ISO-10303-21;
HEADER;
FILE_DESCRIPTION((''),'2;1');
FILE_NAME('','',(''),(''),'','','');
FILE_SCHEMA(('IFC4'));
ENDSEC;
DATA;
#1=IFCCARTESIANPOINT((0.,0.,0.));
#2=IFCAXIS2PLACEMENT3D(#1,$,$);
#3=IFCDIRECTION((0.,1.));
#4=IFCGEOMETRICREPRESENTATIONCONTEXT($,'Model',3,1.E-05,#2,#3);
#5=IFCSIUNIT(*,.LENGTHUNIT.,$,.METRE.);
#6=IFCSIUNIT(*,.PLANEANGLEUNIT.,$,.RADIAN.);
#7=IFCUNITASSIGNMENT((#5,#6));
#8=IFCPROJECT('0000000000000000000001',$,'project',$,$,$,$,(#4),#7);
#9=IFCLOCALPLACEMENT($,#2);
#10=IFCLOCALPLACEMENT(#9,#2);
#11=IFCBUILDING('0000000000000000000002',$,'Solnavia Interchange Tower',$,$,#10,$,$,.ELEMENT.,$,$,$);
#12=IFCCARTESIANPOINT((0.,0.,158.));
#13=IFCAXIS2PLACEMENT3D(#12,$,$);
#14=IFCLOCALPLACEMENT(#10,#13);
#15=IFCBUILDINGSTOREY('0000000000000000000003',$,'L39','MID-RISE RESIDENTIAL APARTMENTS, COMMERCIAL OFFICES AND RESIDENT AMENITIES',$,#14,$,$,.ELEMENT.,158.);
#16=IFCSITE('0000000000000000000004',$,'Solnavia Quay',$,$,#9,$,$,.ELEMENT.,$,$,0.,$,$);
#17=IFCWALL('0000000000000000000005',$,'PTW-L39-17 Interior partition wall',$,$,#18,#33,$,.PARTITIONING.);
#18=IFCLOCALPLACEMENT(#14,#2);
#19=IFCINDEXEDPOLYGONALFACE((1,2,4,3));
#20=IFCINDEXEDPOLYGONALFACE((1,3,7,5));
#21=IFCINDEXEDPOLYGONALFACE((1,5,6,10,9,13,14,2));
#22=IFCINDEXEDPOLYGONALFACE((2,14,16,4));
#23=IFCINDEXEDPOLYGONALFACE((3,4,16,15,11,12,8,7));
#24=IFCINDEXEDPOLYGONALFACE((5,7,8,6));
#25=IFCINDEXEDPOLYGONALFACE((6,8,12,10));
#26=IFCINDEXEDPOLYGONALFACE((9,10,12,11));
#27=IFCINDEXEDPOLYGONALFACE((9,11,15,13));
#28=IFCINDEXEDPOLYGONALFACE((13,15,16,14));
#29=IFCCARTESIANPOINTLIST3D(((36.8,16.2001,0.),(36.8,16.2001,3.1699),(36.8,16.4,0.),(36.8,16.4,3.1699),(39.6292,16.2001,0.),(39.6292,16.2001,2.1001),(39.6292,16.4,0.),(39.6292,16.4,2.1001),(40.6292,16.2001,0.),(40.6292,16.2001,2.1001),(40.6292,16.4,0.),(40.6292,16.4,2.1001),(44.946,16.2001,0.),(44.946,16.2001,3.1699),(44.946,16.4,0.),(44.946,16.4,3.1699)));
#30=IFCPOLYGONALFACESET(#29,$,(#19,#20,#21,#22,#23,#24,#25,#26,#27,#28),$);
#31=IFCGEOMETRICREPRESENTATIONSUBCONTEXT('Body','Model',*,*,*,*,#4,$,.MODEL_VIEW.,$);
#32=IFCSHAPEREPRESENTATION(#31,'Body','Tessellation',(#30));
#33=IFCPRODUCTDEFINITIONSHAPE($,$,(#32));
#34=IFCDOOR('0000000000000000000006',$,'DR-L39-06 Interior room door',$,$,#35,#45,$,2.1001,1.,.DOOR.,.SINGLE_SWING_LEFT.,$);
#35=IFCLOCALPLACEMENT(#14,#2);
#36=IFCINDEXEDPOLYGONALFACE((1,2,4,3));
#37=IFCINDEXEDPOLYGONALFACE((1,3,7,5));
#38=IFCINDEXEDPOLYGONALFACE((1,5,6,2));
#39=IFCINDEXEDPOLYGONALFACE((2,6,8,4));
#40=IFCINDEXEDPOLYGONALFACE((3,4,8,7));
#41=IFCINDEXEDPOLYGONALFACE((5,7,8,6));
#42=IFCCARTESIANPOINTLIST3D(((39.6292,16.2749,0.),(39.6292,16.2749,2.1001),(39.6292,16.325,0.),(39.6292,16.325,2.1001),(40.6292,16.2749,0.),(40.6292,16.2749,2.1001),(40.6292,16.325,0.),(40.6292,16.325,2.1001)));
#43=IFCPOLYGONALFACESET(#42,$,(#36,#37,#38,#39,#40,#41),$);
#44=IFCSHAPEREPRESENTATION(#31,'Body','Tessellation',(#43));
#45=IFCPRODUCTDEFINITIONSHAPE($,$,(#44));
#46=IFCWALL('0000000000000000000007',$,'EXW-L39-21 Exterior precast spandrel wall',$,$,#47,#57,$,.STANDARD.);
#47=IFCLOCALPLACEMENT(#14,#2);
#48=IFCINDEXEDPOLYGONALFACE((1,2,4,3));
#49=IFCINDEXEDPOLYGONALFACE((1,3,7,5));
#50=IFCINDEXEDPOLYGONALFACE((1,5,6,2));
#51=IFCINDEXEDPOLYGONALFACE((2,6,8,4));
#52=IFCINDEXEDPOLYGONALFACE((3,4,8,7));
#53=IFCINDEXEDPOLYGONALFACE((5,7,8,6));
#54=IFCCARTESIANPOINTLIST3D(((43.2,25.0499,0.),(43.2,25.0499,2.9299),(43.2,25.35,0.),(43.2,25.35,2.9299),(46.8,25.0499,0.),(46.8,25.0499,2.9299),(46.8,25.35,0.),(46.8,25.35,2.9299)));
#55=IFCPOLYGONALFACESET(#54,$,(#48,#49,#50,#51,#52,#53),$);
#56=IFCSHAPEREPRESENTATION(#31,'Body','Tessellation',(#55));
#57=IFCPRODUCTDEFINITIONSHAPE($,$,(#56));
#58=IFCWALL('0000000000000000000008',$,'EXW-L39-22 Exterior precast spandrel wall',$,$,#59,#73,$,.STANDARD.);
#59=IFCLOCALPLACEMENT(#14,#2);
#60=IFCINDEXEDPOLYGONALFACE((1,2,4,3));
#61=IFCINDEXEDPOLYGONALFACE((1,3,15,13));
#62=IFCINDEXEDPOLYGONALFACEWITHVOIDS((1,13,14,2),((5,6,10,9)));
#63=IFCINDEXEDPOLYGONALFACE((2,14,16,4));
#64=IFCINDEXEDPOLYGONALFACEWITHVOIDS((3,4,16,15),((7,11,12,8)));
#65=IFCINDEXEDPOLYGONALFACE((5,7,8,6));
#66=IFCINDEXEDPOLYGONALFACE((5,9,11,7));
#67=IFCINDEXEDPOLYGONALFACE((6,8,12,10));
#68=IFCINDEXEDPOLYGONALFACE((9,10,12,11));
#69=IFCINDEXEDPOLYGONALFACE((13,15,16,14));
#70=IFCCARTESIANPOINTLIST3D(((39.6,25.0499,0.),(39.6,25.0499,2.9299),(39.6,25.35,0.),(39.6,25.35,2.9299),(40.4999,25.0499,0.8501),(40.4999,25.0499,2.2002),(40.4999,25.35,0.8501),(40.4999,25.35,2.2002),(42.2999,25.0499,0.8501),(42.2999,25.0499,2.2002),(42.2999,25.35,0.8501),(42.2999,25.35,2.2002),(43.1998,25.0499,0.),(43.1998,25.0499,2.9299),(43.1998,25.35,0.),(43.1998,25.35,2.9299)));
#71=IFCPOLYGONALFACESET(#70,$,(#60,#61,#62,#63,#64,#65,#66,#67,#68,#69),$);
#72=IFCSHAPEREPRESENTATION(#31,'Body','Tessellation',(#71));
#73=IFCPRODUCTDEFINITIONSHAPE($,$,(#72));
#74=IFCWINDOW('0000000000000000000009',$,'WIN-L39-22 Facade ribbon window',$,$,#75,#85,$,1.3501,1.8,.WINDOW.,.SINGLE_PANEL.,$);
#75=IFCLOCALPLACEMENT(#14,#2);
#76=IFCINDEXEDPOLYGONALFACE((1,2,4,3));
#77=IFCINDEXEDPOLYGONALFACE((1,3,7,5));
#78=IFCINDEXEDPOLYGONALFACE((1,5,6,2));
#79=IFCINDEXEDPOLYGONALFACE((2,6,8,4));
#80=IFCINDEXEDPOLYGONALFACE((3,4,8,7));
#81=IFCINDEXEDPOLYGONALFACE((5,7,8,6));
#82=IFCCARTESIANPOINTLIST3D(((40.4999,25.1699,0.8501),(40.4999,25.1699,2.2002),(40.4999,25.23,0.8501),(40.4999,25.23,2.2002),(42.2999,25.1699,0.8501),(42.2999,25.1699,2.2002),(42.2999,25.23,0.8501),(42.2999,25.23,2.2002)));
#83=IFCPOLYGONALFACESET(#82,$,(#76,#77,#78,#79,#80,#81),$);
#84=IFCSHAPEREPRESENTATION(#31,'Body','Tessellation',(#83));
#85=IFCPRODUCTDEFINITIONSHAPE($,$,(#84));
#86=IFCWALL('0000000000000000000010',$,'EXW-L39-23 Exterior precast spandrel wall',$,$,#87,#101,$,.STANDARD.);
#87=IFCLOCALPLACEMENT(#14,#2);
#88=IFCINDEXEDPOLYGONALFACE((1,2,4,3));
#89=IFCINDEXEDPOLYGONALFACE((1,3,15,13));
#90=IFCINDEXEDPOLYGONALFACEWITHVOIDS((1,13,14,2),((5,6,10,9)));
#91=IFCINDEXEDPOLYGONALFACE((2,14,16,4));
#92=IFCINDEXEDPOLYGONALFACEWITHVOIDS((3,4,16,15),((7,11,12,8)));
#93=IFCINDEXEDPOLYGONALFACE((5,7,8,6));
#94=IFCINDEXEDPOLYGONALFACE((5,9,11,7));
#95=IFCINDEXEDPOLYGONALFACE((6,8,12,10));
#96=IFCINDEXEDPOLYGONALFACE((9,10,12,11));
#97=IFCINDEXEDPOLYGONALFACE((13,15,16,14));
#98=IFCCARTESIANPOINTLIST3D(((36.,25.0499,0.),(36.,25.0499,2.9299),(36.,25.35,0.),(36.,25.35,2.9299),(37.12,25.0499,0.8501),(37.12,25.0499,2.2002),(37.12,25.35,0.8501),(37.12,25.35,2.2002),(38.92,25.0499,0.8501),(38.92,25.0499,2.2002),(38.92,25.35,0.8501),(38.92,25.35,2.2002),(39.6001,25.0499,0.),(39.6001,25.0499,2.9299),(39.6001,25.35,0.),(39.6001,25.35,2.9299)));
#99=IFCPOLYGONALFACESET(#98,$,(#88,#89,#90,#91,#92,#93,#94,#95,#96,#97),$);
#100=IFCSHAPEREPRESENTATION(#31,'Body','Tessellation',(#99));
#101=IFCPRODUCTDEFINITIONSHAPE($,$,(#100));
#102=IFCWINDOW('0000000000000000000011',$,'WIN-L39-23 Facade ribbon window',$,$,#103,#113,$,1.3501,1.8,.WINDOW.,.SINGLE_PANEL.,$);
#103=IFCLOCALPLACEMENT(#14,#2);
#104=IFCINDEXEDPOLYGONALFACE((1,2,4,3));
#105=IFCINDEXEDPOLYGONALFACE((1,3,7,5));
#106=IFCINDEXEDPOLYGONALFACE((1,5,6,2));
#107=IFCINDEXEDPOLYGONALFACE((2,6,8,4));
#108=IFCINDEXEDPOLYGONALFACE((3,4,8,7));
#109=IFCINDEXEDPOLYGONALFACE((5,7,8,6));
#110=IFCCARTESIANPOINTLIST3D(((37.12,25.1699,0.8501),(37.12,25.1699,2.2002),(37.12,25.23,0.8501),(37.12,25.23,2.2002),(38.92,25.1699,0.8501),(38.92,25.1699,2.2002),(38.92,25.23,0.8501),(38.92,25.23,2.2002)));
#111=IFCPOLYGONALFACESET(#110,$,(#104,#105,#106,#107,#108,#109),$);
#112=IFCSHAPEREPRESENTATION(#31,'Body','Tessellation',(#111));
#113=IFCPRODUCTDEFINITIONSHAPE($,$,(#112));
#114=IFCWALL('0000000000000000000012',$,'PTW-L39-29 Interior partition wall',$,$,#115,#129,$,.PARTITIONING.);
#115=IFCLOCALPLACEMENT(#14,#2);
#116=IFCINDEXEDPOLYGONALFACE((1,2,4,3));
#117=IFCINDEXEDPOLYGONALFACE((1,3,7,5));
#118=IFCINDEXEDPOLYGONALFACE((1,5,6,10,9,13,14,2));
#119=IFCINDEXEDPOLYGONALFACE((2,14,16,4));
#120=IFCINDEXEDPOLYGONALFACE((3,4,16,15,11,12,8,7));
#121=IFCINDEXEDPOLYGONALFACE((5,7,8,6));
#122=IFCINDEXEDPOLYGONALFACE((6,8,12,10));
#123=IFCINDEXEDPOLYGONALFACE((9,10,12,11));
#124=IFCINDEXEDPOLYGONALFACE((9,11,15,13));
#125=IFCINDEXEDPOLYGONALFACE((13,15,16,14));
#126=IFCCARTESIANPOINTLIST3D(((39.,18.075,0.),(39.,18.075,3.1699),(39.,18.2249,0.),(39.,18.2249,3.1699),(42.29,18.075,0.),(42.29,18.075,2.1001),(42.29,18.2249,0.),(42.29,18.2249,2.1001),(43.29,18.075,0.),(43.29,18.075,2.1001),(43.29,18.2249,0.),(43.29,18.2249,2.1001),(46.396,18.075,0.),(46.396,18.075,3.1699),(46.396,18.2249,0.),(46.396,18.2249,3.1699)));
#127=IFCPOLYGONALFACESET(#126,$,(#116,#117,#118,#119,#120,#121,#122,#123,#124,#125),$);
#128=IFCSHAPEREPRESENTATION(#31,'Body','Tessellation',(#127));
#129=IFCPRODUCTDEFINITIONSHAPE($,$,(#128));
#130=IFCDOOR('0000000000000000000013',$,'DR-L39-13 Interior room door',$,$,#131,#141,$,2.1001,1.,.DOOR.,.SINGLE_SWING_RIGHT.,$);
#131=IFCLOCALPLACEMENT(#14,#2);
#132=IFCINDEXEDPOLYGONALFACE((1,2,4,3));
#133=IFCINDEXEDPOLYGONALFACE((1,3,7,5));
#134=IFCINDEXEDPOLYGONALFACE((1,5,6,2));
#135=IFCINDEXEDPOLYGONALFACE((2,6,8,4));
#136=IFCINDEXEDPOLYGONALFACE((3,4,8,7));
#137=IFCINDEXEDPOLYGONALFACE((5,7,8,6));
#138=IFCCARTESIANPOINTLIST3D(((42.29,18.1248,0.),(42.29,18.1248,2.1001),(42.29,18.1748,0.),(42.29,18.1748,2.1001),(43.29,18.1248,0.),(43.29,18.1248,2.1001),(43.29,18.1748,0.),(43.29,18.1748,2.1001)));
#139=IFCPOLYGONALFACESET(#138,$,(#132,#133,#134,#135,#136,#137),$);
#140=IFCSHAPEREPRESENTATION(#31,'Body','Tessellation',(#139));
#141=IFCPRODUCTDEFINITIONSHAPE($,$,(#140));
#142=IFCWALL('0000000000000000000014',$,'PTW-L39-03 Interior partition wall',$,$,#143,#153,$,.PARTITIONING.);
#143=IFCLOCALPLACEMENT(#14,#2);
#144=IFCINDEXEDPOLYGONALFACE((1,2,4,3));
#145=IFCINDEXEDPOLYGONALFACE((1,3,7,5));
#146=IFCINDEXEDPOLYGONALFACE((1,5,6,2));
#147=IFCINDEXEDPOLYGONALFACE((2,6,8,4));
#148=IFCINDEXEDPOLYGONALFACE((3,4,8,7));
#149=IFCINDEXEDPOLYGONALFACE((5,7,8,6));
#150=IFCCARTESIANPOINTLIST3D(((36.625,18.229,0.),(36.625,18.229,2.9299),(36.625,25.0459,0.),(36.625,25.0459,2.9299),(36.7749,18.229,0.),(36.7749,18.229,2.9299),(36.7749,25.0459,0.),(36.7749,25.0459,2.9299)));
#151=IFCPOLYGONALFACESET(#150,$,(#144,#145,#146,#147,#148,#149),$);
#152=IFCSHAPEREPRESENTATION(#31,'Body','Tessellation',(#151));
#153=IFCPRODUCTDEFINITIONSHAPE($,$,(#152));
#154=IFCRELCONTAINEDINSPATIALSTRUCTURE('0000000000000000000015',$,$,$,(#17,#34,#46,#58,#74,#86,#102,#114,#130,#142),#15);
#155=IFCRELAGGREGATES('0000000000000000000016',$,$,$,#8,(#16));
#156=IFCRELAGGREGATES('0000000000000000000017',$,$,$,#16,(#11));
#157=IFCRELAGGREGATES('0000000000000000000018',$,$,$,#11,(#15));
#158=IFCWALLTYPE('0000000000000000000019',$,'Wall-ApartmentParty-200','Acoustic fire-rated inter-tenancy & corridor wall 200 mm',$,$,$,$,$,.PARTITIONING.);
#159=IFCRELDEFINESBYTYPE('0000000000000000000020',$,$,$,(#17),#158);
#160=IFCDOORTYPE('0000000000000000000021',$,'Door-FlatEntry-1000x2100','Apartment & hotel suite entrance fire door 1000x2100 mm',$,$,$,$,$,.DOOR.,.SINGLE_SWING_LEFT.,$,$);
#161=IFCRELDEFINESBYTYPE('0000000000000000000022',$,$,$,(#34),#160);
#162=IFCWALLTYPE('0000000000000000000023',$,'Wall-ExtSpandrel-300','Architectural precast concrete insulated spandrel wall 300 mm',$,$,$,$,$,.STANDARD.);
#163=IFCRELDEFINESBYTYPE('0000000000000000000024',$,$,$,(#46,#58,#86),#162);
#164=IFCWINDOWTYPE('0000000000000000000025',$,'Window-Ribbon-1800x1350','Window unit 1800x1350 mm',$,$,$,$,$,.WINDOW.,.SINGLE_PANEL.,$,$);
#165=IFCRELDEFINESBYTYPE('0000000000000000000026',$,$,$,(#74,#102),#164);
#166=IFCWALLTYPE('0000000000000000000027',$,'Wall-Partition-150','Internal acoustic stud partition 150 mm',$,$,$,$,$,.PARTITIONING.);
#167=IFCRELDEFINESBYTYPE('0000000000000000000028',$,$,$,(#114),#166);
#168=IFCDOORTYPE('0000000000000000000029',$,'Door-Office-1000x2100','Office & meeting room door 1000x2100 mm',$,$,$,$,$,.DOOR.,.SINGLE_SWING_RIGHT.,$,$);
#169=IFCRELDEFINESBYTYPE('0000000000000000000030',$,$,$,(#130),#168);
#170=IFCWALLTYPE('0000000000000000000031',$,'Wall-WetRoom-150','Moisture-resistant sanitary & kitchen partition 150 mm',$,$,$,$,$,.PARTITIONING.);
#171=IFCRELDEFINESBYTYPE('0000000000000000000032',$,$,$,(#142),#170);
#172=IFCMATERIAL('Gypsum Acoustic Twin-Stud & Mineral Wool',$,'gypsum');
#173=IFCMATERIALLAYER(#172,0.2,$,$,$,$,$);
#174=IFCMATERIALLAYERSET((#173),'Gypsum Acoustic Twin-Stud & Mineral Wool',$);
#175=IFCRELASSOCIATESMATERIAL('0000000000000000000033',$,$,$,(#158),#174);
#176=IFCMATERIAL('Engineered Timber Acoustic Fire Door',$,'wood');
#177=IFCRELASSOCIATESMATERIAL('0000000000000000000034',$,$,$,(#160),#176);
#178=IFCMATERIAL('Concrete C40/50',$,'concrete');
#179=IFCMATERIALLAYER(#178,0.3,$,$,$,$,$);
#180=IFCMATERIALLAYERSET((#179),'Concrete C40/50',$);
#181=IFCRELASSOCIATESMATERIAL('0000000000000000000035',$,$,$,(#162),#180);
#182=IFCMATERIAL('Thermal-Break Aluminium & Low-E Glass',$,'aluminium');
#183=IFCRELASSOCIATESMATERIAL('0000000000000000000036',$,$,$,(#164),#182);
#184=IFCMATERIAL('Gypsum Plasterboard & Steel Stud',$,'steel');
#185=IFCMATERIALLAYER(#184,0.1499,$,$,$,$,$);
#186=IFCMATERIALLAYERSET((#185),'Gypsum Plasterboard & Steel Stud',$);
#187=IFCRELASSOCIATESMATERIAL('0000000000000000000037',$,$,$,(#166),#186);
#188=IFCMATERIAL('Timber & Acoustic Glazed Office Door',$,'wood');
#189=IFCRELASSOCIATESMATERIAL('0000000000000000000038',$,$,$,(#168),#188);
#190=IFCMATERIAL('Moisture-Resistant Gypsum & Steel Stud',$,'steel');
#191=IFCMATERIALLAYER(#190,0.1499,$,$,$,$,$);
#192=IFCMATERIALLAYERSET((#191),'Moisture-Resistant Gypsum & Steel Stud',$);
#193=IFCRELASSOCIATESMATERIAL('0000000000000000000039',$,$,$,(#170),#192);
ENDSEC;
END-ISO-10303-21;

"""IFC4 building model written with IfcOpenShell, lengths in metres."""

from ifc_helpers import new_model, si_unit, direction, frame, frame_2d, origin, place, context, subcontext, project, spatial, rectangle, extrude, material, layer, layer_set, type_object, element, fill, save


model = new_model("IFC4")

# Units and contexts
model_context = context("Model", 3, precision=1e-05, world=origin(), true_north=direction((0.0, 1.0)))
body_context = subcontext(model_context, "Body", "Model", "MODEL_VIEW")
ifc_project = project(units=[si_unit("LENGTHUNIT", "METRE"), si_unit("PLANEANGLEUNIT", "RADIAN")], contexts=[model_context])

# Site, building, storey
site_placement = place(None, origin())
site = spatial("IfcSite", under=ifc_project, at=site_placement, Name="Solnavia Quay", CompositionType="ELEMENT", RefElevation=0.0)
building_placement = place(site_placement, origin())
building = spatial("IfcBuilding", under=site, at=building_placement, Name="Solnavia Interchange Tower", CompositionType="ELEMENT")
storey_placement = place(building_placement, frame((0.0, 0.0, 158.0)))
storey = spatial("IfcBuildingStorey", under=building, at=storey_placement, Name="L39", Description="MID-RISE RESIDENTIAL APARTMENTS, COMMERCIAL OFFICES AND RESIDENT AMENITIES", CompositionType="ELEMENT", Elevation=158.0)

# Wall, opening, door
ifc_material_1 = material(Name="Gypsum Acoustic Twin-Stud & Mineral Wool", Category="gypsum")
ifc_layer_1 = layer(ifc_material_1, 0.2)
ifc_layer_set_1 = layer_set([ifc_layer_1], Name="Gypsum Acoustic Twin-Stud & Mineral Wool")
wall_type_1 = type_object("IfcWallType", Name="Wall-ApartmentParty-200", Description="Acoustic fire-rated inter-tenancy & corridor wall 200 mm", PredefinedType="PARTITIONING", material=ifc_layer_set_1)
wall_1_placement = place(storey_placement, frame((36.8, 16.3, 0.0), z_axis=(0.0, 0.0, 1.0), x_axis=(1.0, 0.0, 0.0)))
wall_1 = element("IfcWall", 1, at=wall_1_placement, inside=storey, type_object=wall_type_1, Name="PTW-L39-17 Interior partition wall", PredefinedType="PARTITIONING", context=body_context, shape_type="SweptSolid", body=[
    extrude(rectangle(XDim=8.146, YDim=0.2, at=frame_2d((4.073, 0.0))), origin(), (0.0, 0.0, 1.0), 3.1699),
])
opening_1_placement = place(wall_1_placement, frame((2.8291, 0.0, 0.0)))
opening_1 = element("IfcOpeningElement", 2, at=opening_1_placement, cuts=wall_1, PredefinedType="OPENING", context=body_context, shape_type="SweptSolid", body=[
    extrude(rectangle(XDim=1.0, YDim=2.1001, at=frame_2d((0.5, 1.05))), frame((0.0, 0.1099, 0.0), z_axis=(0.0, -1.0, 0.0), x_axis=(1.0, 0.0, 0.0)), (0.0, 0.0, 1.0), 0.22),
])
ifc_material_2 = material(Name="Engineered Timber Acoustic Fire Door", Category="wood")
door_type_1 = type_object("IfcDoorType", Name="Door-FlatEntry-1000x2100", Description="Apartment & hotel suite entrance fire door 1000x2100 mm", OperationType="SINGLE_SWING_LEFT", PredefinedType="DOOR", material=ifc_material_2)
door_1_placement = place(opening_1_placement, origin())
door_1 = element("IfcDoor", 3, at=door_1_placement, inside=storey, type_object=door_type_1, Name="DR-L39-06 Interior room door", OperationType="SINGLE_SWING_LEFT", OverallHeight=2.1001, OverallWidth=1.0, PredefinedType="DOOR", context=body_context, shape_type="SweptSolid", body=[
    extrude(rectangle(XDim=1.0, YDim=2.1001, at=frame_2d((0.5, 1.05))), frame((0.0, 0.0249, 0.0), z_axis=(0.0, -1.0, 0.0), x_axis=(1.0, 0.0, 0.0)), (0.0, 0.0, 1.0), 0.05),
])
fill(opening_1, door_1)

# Wall
ifc_material_3 = material(Name="Concrete C40/50", Category="concrete")
ifc_layer_2 = layer(ifc_material_3, 0.3)
ifc_layer_set_2 = layer_set([ifc_layer_2], Name="Concrete C40/50")
wall_type_2 = type_object("IfcWallType", Name="Wall-ExtSpandrel-300", Description="Architectural precast concrete insulated spandrel wall 300 mm", PredefinedType="STANDARD", material=ifc_layer_set_2)
wall_2_placement = place(storey_placement, frame((43.2, 25.2, 0.0), z_axis=(0.0, 0.0, 1.0), x_axis=(1.0, 0.0, 0.0)))
element("IfcWall", 4, at=wall_2_placement, inside=storey, type_object=wall_type_2, Name="EXW-L39-21 Exterior precast spandrel wall", PredefinedType="STANDARD", context=body_context, shape_type="SweptSolid", body=[
    extrude(rectangle(XDim=3.6001, YDim=0.3, at=frame_2d((1.8, 0.0))), origin(), (0.0, 0.0, 1.0), 2.9299),
])

# Walls, openings, windows
wall_3_placement = place(storey_placement, frame((39.6001, 25.2, 0.0), z_axis=(0.0, 0.0, 1.0), x_axis=(1.0, 0.0, 0.0)))
wall_3 = element("IfcWall", 5, at=wall_3_placement, inside=storey, type_object=wall_type_2, Name="EXW-L39-22 Exterior precast spandrel wall", PredefinedType="STANDARD", context=body_context, shape_type="SweptSolid", body=[
    extrude(rectangle(XDim=3.5999, YDim=0.3, at=frame_2d((1.7998, 0.0))), origin(), (0.0, 0.0, 1.0), 2.9299),
])
opening_2_placement = place(wall_3_placement, frame((0.8999, 0.0, 0.8501)))
opening_2 = element("IfcOpeningElement", 6, at=opening_2_placement, cuts=wall_3, PredefinedType="OPENING", context=body_context, shape_type="SweptSolid", body=[
    extrude(rectangle(XDim=1.8, YDim=1.3501, at=frame_2d((0.8999, 0.675))), frame((0.0, 0.1602, 0.0), z_axis=(0.0, -1.0, 0.0), x_axis=(1.0, 0.0, 0.0)), (0.0, 0.0, 1.0), 0.3201),
])
ifc_material_4 = material(Name="Thermal-Break Aluminium & Low-E Glass", Category="aluminium")
window_type = type_object("IfcWindowType", Name="Window-Ribbon-1800x1350", Description="Window unit 1800x1350 mm", PartitioningType="SINGLE_PANEL", PredefinedType="WINDOW", material=ifc_material_4)
window_1_placement = place(opening_2_placement, origin())
window_1 = element("IfcWindow", 7, at=window_1_placement, inside=storey, type_object=window_type, Name="WIN-L39-22 Facade ribbon window", OverallHeight=1.3501, OverallWidth=1.8, PartitioningType="SINGLE_PANEL", PredefinedType="WINDOW", context=body_context, shape_type="SweptSolid", body=[
    extrude(rectangle(XDim=1.8, YDim=1.3501, at=frame_2d((0.8999, 0.675))), frame((0.0, 0.03, 0.0), z_axis=(0.0, -1.0, 0.0), x_axis=(1.0, 0.0, 0.0)), (0.0, 0.0, 1.0), 0.0601),
])
fill(opening_2, window_1)
wall_4_placement = place(storey_placement, frame((36.0, 25.2, 0.0), z_axis=(0.0, 0.0, 1.0), x_axis=(1.0, 0.0, 0.0)))
wall_4 = element("IfcWall", 8, at=wall_4_placement, inside=storey, type_object=wall_type_2, Name="EXW-L39-23 Exterior precast spandrel wall", PredefinedType="STANDARD", context=body_context, shape_type="SweptSolid", body=[
    extrude(rectangle(XDim=3.6001, YDim=0.3, at=frame_2d((1.8, 0.0))), origin(), (0.0, 0.0, 1.0), 2.9299),
])
opening_3_placement = place(wall_4_placement, frame((1.1201, 0.0, 0.8501)))
opening_3 = element("IfcOpeningElement", 9, at=opening_3_placement, cuts=wall_4, PredefinedType="OPENING", context=body_context, shape_type="SweptSolid", body=[
    extrude(rectangle(XDim=1.8, YDim=1.3501, at=frame_2d((0.8999, 0.675))), frame((0.0, 0.1602, 0.0), z_axis=(0.0, -1.0, 0.0), x_axis=(1.0, 0.0, 0.0)), (0.0, 0.0, 1.0), 0.3201),
])
window_2_placement = place(opening_3_placement, origin())
window_2 = element("IfcWindow", 10, at=window_2_placement, inside=storey, type_object=window_type, Name="WIN-L39-23 Facade ribbon window", OverallHeight=1.3501, OverallWidth=1.8, PartitioningType="SINGLE_PANEL", PredefinedType="WINDOW", context=body_context, shape_type="SweptSolid", body=[
    extrude(rectangle(XDim=1.8, YDim=1.3501, at=frame_2d((0.8999, 0.675))), frame((0.0, 0.03, 0.0), z_axis=(0.0, -1.0, 0.0), x_axis=(1.0, 0.0, 0.0)), (0.0, 0.0, 1.0), 0.0601),
])
fill(opening_3, window_2)

# Wall, opening, door
ifc_material_5 = material(Name="Gypsum Plasterboard & Steel Stud", Category="steel")
ifc_layer_3 = layer(ifc_material_5, 0.1499)
ifc_layer_set_3 = layer_set([ifc_layer_3], Name="Gypsum Plasterboard & Steel Stud")
wall_type_3 = type_object("IfcWallType", Name="Wall-Partition-150", Description="Internal acoustic stud partition 150 mm", PredefinedType="PARTITIONING", material=ifc_layer_set_3)
wall_5_placement = place(storey_placement, frame((39.0, 18.1499, 0.0), z_axis=(0.0, 0.0, 1.0), x_axis=(1.0, 0.0, 0.0)))
wall_5 = element("IfcWall", 11, at=wall_5_placement, inside=storey, type_object=wall_type_3, Name="PTW-L39-29 Interior partition wall", PredefinedType="PARTITIONING", context=body_context, shape_type="SweptSolid", body=[
    extrude(rectangle(XDim=7.396, YDim=0.1499, at=frame_2d((3.698, 0.0))), origin(), (0.0, 0.0, 1.0), 3.1699),
])
opening_4_placement = place(wall_5_placement, frame((3.29, 0.0, 0.0)))
opening_4 = element("IfcOpeningElement", 12, at=opening_4_placement, cuts=wall_5, PredefinedType="OPENING", context=body_context, shape_type="SweptSolid", body=[
    extrude(rectangle(XDim=1.0, YDim=2.1001, at=frame_2d((0.5, 1.05))), frame((0.0, 0.085, 0.0), z_axis=(0.0, -1.0, 0.0), x_axis=(1.0, 0.0, 0.0)), (0.0, 0.0, 1.0), 0.1699),
])
ifc_material_6 = material(Name="Timber & Acoustic Glazed Office Door", Category="wood")
door_type_2 = type_object("IfcDoorType", Name="Door-Office-1000x2100", Description="Office & meeting room door 1000x2100 mm", OperationType="SINGLE_SWING_RIGHT", PredefinedType="DOOR", material=ifc_material_6)
door_2_placement = place(opening_4_placement, origin())
door_2 = element("IfcDoor", 13, at=door_2_placement, inside=storey, type_object=door_type_2, Name="DR-L39-13 Interior room door", OperationType="SINGLE_SWING_RIGHT", OverallHeight=2.1001, OverallWidth=1.0, PredefinedType="DOOR", context=body_context, shape_type="SweptSolid", body=[
    extrude(rectangle(XDim=1.0, YDim=2.1001, at=frame_2d((0.5, 1.05))), frame((0.0, 0.0249, 0.0), z_axis=(0.0, -1.0, 0.0), x_axis=(1.0, 0.0, 0.0)), (0.0, 0.0, 1.0), 0.05),
])
fill(opening_4, door_2)

# Wall
ifc_material_7 = material(Name="Moisture-Resistant Gypsum & Steel Stud", Category="steel")
ifc_layer_4 = layer(ifc_material_7, 0.1499)
ifc_layer_set_4 = layer_set([ifc_layer_4], Name="Moisture-Resistant Gypsum & Steel Stud")
wall_type_4 = type_object("IfcWallType", Name="Wall-WetRoom-150", Description="Moisture-resistant sanitary & kitchen partition 150 mm", PredefinedType="PARTITIONING", material=ifc_layer_set_4)
wall_6_placement = place(storey_placement, frame((36.7, 18.229, 0.0), z_axis=(0.0, 0.0, 1.0), x_axis=(0.0, 1.0, 0.0)))
element("IfcWall", 14, at=wall_6_placement, inside=storey, type_object=wall_type_4, Name="PTW-L39-03 Interior partition wall", PredefinedType="PARTITIONING", context=body_context, shape_type="SweptSolid", body=[
    extrude(rectangle(XDim=6.8169, YDim=0.1499, at=frame_2d((3.4084, 0.0))), origin(), (0.0, 0.0, 1.0), 2.9299),
])

save(model, "model.ifc")
